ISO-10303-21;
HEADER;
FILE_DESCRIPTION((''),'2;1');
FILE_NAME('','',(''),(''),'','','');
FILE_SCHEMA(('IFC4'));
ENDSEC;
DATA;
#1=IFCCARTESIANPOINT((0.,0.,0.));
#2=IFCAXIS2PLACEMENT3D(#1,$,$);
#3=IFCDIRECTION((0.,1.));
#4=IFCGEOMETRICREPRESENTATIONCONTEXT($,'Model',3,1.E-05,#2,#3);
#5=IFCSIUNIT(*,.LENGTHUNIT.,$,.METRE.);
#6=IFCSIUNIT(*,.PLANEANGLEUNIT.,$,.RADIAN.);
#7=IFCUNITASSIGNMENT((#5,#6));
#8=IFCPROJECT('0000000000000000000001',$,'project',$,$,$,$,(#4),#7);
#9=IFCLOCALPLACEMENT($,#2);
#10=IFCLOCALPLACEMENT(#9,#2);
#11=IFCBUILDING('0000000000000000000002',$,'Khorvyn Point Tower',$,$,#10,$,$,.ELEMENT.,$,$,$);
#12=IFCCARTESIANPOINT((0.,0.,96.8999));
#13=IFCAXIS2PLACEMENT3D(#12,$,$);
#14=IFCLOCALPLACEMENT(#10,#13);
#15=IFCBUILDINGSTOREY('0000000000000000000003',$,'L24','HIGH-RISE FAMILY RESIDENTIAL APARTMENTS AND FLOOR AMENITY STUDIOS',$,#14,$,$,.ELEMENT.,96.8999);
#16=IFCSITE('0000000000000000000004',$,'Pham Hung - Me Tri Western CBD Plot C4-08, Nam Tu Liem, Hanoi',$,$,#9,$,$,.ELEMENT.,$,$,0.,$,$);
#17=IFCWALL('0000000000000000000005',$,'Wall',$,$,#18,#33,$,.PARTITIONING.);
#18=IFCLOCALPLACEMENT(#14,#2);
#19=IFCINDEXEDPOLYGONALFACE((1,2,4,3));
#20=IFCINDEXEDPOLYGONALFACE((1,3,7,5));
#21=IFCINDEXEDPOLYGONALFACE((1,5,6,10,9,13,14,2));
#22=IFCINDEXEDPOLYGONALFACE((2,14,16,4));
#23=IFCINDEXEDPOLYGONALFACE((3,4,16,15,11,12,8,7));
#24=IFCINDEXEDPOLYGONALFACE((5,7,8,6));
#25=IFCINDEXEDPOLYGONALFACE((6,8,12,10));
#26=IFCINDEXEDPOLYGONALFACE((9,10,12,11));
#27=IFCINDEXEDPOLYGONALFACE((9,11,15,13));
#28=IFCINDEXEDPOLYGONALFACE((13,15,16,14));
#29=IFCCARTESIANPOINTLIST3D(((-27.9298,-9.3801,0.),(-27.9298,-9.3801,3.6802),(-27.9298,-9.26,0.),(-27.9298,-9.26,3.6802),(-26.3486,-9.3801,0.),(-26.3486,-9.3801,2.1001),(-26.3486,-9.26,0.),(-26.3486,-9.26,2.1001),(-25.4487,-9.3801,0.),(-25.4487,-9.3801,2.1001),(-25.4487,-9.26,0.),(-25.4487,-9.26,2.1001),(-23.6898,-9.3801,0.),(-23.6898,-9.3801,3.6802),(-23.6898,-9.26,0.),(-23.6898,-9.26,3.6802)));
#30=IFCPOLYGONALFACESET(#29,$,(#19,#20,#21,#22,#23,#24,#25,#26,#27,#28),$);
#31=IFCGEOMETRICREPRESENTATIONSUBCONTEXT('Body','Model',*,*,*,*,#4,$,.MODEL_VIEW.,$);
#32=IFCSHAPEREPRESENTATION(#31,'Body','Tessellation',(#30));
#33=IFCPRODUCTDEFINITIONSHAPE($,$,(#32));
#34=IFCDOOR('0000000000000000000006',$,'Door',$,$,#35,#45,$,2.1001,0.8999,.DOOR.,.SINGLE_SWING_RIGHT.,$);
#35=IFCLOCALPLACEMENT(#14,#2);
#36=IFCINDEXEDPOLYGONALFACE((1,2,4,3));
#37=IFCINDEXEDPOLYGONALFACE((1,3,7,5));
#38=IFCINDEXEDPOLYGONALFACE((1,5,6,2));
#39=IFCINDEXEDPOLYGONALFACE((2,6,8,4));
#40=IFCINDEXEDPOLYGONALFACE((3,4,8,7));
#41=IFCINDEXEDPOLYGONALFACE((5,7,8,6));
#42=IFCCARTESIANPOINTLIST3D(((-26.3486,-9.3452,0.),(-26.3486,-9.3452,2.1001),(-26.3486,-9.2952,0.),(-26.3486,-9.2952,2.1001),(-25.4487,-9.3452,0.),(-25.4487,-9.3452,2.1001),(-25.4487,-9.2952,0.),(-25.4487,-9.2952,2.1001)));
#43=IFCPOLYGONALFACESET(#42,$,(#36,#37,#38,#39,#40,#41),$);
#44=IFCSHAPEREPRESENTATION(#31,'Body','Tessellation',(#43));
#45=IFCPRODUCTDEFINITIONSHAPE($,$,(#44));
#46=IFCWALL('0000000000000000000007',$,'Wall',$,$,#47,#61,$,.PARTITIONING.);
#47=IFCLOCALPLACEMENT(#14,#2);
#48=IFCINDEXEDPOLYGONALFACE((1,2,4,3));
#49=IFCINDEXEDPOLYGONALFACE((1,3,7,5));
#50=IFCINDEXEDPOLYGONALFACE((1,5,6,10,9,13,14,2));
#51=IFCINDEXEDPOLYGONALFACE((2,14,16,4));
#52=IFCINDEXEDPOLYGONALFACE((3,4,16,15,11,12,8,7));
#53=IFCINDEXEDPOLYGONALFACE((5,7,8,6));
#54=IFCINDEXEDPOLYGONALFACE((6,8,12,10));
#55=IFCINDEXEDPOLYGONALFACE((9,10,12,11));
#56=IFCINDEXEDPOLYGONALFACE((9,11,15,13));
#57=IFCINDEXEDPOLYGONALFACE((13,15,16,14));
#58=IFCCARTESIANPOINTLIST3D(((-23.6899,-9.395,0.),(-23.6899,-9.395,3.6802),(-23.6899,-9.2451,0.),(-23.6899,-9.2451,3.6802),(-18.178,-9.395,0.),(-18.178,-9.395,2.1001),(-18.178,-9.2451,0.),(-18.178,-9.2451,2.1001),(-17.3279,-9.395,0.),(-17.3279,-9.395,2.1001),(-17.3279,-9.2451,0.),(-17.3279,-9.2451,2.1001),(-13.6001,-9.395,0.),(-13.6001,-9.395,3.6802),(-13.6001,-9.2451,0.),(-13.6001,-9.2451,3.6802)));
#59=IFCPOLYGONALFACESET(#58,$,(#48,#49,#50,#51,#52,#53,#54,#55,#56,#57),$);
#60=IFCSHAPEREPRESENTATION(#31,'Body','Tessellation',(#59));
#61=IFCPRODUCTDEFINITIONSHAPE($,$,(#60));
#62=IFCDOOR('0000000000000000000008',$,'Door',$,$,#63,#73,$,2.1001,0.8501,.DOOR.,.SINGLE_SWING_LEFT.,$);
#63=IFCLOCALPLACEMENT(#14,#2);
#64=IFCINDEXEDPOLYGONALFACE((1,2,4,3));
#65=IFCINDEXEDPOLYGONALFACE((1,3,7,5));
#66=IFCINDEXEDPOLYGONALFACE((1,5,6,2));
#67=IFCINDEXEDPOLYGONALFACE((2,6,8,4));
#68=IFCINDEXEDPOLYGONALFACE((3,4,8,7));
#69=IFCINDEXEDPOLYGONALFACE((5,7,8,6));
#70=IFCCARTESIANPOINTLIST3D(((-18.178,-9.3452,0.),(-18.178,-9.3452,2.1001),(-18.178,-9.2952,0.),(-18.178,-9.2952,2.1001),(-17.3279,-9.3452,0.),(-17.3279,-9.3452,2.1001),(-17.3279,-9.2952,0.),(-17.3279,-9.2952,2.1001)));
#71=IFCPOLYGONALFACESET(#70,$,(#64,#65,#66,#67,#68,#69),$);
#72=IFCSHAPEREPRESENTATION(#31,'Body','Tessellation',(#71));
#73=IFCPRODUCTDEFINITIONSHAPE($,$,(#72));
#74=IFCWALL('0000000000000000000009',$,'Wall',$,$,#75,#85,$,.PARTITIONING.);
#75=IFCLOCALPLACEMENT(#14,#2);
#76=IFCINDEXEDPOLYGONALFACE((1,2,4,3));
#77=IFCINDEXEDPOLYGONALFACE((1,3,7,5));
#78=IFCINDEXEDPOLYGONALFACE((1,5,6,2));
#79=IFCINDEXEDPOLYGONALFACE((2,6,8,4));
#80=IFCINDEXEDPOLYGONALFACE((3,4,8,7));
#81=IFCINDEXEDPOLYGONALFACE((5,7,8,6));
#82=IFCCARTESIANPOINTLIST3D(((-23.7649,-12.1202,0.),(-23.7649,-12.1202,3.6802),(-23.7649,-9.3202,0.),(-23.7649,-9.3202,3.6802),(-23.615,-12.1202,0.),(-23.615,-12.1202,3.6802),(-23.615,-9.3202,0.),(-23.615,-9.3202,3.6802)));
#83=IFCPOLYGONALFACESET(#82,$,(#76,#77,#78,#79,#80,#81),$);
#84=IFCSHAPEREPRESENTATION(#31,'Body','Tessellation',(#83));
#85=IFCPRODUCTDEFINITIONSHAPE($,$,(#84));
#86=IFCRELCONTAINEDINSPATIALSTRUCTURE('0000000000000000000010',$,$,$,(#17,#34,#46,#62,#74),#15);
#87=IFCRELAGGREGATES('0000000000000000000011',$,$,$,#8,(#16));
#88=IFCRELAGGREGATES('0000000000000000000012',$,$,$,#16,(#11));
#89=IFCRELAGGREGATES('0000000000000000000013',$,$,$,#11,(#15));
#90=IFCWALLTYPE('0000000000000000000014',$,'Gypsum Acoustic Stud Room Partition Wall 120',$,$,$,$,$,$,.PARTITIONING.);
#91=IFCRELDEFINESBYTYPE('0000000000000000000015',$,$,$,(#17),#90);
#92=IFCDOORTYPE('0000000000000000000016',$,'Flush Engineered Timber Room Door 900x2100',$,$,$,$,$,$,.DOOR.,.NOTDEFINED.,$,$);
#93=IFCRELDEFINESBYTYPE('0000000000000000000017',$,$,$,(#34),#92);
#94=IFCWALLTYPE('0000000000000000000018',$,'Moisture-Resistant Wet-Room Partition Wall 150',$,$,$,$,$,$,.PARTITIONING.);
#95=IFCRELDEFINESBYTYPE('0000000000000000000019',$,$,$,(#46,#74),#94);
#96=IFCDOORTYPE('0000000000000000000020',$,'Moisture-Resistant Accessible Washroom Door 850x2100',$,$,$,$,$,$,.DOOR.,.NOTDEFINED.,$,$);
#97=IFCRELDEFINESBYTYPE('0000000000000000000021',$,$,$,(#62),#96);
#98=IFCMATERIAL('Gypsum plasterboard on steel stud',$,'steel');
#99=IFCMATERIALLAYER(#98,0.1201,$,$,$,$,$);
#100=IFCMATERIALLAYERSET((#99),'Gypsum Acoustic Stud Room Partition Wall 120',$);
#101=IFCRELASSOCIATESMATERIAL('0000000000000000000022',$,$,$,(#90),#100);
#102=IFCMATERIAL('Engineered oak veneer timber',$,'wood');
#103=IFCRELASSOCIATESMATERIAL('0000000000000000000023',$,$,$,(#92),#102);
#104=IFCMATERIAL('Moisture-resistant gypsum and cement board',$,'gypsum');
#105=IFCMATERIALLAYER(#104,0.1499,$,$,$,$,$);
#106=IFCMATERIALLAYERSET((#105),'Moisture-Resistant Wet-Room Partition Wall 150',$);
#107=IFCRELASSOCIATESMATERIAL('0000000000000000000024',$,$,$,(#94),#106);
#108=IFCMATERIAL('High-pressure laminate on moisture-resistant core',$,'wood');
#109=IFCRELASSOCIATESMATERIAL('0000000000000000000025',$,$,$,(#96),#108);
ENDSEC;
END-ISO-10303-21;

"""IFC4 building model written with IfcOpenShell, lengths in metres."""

from ifc_helpers import new_model, si_unit, direction, frame, frame_2d, origin, place, context, subcontext, project, spatial, rectangle, extrude, material, layer, layer_set, type_object, element, fill, save


model = new_model("IFC4")

# Units and contexts
model_context = context("Model", 3, precision=1e-05, world=origin(), true_north=direction((0.0, 1.0)))
body_context = subcontext(model_context, "Body", "Model", "MODEL_VIEW")
ifc_project = project(units=[si_unit("LENGTHUNIT", "METRE"), si_unit("PLANEANGLEUNIT", "RADIAN")], contexts=[model_context])

# Site, building, storey
site_placement = place(None, origin())
site = spatial("IfcSite", under=ifc_project, at=site_placement, Name="Pham Hung - Me Tri Western CBD Plot C4-08, Nam Tu Liem, Hanoi", CompositionType="ELEMENT", RefElevation=0.0)
building_placement = place(site_placement, origin())
building = spatial("IfcBuilding", under=site, at=building_placement, Name="Khorvyn Point Tower", CompositionType="ELEMENT")
storey_placement = place(building_placement, frame((0.0, 0.0, 96.8999)))
storey = spatial("IfcBuildingStorey", under=building, at=storey_placement, Name="L24", Description="HIGH-RISE FAMILY RESIDENTIAL APARTMENTS AND FLOOR AMENITY STUDIOS", CompositionType="ELEMENT", Elevation=96.8999)

# Walls, openings, doors
ifc_material_1 = material(Name="Gypsum plasterboard on steel stud", Category="steel")
ifc_layer_1 = layer(ifc_material_1, 0.1201)
ifc_layer_set_1 = layer_set([ifc_layer_1], Name="Gypsum Acoustic Stud Room Partition Wall 120")
wall_type_1 = type_object("IfcWallType", Name="Gypsum Acoustic Stud Room Partition Wall 120", PredefinedType="PARTITIONING", material=ifc_layer_set_1)
wall_1_placement = place(storey_placement, frame((-27.9299, -9.3201, 0.0), z_axis=(0.0, 0.0, 1.0), x_axis=(1.0, 0.0, 0.0)))
wall_1 = element("IfcWall", 1, at=wall_1_placement, inside=storey, type_object=wall_type_1, Name="Wall", PredefinedType="PARTITIONING", context=body_context, shape_type="SweptSolid", body=[
    extrude(rectangle(XDim=4.24, YDim=0.1201, at=frame_2d((2.1201, 0.0))), origin(), (0.0, 0.0, 1.0), 3.6802),
])
opening_1_placement = place(wall_1_placement, frame((1.5813, 0.0, 0.0)))
opening_1 = element("IfcOpeningElement", 2, at=opening_1_placement, cuts=wall_1, PredefinedType="OPENING", context=body_context, shape_type="SweptSolid", body=[
    extrude(rectangle(XDim=0.8999, YDim=2.1001, at=frame_2d((0.45, 1.05))), frame((0.0, 0.0701, 0.0), z_axis=(0.0, -1.0, 0.0), x_axis=(1.0, 0.0, 0.0)), (0.0, 0.0, 1.0), 0.1401),
])
ifc_material_2 = material(Name="Engineered oak veneer timber", Category="wood")
door_type_1 = type_object("IfcDoorType", Name="Flush Engineered Timber Room Door 900x2100", OperationType="NOTDEFINED", PredefinedType="DOOR", material=ifc_material_2)
door_1_placement = place(opening_1_placement, origin())
door_1 = element("IfcDoor", 3, at=door_1_placement, inside=storey, type_object=door_type_1, Name="Door", OperationType="SINGLE_SWING_RIGHT", OverallHeight=2.1001, OverallWidth=0.8999, PredefinedType="DOOR", context=body_context, shape_type="SweptSolid", body=[
    extrude(rectangle(XDim=0.8999, YDim=2.1001, at=frame_2d((0.45, 1.05))), frame((0.0, 0.0249, 0.0), z_axis=(0.0, -1.0, 0.0), x_axis=(1.0, 0.0, 0.0)), (0.0, 0.0, 1.0), 0.05),
])
fill(opening_1, door_1)
ifc_material_3 = material(Name="Moisture-resistant gypsum and cement board", Category="gypsum")
ifc_layer_2 = layer(ifc_material_3, 0.1499)
ifc_layer_set_2 = layer_set([ifc_layer_2], Name="Moisture-Resistant Wet-Room Partition Wall 150")
wall_type_2 = type_object("IfcWallType", Name="Moisture-Resistant Wet-Room Partition Wall 150", PredefinedType="PARTITIONING", material=ifc_layer_set_2)
wall_2_placement = place(storey_placement, frame((-23.6899, -9.3201, 0.0), z_axis=(0.0, 0.0, 1.0), x_axis=(1.0, 0.0, 0.0)))
wall_2 = element("IfcWall", 4, at=wall_2_placement, inside=storey, type_object=wall_type_2, Name="Wall", PredefinedType="PARTITIONING", context=body_context, shape_type="SweptSolid", body=[
    extrude(rectangle(XDim=10.0898, YDim=0.1499, at=frame_2d((5.0449, 0.0))), origin(), (0.0, 0.0, 1.0), 3.6802),
])
opening_2_placement = place(wall_2_placement, frame((5.512, 0.0, 0.0)))
opening_2 = element("IfcOpeningElement", 5, at=opening_2_placement, cuts=wall_2, PredefinedType="OPENING", context=body_context, shape_type="SweptSolid", body=[
    extrude(rectangle(XDim=0.8501, YDim=2.1001, at=frame_2d((0.425, 1.05))), frame((0.0, 0.085, 0.0), z_axis=(0.0, -1.0, 0.0), x_axis=(1.0, 0.0, 0.0)), (0.0, 0.0, 1.0), 0.1699),
])
ifc_material_4 = material(Name="High-pressure laminate on moisture-resistant core", Category="wood")
door_type_2 = type_object("IfcDoorType", Name="Moisture-Resistant Accessible Washroom Door 850x2100", OperationType="NOTDEFINED", PredefinedType="DOOR", material=ifc_material_4)
door_2_placement = place(opening_2_placement, origin())
door_2 = element("IfcDoor", 6, at=door_2_placement, inside=storey, type_object=door_type_2, Name="Door", OperationType="SINGLE_SWING_LEFT", OverallHeight=2.1001, OverallWidth=0.8501, PredefinedType="DOOR", context=body_context, shape_type="SweptSolid", body=[
    extrude(rectangle(XDim=0.8501, YDim=2.1001, at=frame_2d((0.425, 1.05))), frame((0.0, 0.0249, 0.0), z_axis=(0.0, -1.0, 0.0), x_axis=(1.0, 0.0, 0.0)), (0.0, 0.0, 1.0), 0.05),
])
fill(opening_2, door_2)

# Wall
wall_3_placement = place(storey_placement, frame((-23.6899, -12.1201, 0.0), z_axis=(0.0, 0.0, 1.0), x_axis=(0.0, 1.0, 0.0)))
element("IfcWall", 7, at=wall_3_placement, inside=storey, type_object=wall_type_2, Name="Wall", PredefinedType="PARTITIONING", context=body_context, shape_type="SweptSolid", body=[
    extrude(rectangle(XDim=2.8, YDim=0.1499, at=frame_2d((1.3999, 0.0))), origin(), (0.0, 0.0, 1.0), 3.6802),
])

save(model, "model.ifc")
